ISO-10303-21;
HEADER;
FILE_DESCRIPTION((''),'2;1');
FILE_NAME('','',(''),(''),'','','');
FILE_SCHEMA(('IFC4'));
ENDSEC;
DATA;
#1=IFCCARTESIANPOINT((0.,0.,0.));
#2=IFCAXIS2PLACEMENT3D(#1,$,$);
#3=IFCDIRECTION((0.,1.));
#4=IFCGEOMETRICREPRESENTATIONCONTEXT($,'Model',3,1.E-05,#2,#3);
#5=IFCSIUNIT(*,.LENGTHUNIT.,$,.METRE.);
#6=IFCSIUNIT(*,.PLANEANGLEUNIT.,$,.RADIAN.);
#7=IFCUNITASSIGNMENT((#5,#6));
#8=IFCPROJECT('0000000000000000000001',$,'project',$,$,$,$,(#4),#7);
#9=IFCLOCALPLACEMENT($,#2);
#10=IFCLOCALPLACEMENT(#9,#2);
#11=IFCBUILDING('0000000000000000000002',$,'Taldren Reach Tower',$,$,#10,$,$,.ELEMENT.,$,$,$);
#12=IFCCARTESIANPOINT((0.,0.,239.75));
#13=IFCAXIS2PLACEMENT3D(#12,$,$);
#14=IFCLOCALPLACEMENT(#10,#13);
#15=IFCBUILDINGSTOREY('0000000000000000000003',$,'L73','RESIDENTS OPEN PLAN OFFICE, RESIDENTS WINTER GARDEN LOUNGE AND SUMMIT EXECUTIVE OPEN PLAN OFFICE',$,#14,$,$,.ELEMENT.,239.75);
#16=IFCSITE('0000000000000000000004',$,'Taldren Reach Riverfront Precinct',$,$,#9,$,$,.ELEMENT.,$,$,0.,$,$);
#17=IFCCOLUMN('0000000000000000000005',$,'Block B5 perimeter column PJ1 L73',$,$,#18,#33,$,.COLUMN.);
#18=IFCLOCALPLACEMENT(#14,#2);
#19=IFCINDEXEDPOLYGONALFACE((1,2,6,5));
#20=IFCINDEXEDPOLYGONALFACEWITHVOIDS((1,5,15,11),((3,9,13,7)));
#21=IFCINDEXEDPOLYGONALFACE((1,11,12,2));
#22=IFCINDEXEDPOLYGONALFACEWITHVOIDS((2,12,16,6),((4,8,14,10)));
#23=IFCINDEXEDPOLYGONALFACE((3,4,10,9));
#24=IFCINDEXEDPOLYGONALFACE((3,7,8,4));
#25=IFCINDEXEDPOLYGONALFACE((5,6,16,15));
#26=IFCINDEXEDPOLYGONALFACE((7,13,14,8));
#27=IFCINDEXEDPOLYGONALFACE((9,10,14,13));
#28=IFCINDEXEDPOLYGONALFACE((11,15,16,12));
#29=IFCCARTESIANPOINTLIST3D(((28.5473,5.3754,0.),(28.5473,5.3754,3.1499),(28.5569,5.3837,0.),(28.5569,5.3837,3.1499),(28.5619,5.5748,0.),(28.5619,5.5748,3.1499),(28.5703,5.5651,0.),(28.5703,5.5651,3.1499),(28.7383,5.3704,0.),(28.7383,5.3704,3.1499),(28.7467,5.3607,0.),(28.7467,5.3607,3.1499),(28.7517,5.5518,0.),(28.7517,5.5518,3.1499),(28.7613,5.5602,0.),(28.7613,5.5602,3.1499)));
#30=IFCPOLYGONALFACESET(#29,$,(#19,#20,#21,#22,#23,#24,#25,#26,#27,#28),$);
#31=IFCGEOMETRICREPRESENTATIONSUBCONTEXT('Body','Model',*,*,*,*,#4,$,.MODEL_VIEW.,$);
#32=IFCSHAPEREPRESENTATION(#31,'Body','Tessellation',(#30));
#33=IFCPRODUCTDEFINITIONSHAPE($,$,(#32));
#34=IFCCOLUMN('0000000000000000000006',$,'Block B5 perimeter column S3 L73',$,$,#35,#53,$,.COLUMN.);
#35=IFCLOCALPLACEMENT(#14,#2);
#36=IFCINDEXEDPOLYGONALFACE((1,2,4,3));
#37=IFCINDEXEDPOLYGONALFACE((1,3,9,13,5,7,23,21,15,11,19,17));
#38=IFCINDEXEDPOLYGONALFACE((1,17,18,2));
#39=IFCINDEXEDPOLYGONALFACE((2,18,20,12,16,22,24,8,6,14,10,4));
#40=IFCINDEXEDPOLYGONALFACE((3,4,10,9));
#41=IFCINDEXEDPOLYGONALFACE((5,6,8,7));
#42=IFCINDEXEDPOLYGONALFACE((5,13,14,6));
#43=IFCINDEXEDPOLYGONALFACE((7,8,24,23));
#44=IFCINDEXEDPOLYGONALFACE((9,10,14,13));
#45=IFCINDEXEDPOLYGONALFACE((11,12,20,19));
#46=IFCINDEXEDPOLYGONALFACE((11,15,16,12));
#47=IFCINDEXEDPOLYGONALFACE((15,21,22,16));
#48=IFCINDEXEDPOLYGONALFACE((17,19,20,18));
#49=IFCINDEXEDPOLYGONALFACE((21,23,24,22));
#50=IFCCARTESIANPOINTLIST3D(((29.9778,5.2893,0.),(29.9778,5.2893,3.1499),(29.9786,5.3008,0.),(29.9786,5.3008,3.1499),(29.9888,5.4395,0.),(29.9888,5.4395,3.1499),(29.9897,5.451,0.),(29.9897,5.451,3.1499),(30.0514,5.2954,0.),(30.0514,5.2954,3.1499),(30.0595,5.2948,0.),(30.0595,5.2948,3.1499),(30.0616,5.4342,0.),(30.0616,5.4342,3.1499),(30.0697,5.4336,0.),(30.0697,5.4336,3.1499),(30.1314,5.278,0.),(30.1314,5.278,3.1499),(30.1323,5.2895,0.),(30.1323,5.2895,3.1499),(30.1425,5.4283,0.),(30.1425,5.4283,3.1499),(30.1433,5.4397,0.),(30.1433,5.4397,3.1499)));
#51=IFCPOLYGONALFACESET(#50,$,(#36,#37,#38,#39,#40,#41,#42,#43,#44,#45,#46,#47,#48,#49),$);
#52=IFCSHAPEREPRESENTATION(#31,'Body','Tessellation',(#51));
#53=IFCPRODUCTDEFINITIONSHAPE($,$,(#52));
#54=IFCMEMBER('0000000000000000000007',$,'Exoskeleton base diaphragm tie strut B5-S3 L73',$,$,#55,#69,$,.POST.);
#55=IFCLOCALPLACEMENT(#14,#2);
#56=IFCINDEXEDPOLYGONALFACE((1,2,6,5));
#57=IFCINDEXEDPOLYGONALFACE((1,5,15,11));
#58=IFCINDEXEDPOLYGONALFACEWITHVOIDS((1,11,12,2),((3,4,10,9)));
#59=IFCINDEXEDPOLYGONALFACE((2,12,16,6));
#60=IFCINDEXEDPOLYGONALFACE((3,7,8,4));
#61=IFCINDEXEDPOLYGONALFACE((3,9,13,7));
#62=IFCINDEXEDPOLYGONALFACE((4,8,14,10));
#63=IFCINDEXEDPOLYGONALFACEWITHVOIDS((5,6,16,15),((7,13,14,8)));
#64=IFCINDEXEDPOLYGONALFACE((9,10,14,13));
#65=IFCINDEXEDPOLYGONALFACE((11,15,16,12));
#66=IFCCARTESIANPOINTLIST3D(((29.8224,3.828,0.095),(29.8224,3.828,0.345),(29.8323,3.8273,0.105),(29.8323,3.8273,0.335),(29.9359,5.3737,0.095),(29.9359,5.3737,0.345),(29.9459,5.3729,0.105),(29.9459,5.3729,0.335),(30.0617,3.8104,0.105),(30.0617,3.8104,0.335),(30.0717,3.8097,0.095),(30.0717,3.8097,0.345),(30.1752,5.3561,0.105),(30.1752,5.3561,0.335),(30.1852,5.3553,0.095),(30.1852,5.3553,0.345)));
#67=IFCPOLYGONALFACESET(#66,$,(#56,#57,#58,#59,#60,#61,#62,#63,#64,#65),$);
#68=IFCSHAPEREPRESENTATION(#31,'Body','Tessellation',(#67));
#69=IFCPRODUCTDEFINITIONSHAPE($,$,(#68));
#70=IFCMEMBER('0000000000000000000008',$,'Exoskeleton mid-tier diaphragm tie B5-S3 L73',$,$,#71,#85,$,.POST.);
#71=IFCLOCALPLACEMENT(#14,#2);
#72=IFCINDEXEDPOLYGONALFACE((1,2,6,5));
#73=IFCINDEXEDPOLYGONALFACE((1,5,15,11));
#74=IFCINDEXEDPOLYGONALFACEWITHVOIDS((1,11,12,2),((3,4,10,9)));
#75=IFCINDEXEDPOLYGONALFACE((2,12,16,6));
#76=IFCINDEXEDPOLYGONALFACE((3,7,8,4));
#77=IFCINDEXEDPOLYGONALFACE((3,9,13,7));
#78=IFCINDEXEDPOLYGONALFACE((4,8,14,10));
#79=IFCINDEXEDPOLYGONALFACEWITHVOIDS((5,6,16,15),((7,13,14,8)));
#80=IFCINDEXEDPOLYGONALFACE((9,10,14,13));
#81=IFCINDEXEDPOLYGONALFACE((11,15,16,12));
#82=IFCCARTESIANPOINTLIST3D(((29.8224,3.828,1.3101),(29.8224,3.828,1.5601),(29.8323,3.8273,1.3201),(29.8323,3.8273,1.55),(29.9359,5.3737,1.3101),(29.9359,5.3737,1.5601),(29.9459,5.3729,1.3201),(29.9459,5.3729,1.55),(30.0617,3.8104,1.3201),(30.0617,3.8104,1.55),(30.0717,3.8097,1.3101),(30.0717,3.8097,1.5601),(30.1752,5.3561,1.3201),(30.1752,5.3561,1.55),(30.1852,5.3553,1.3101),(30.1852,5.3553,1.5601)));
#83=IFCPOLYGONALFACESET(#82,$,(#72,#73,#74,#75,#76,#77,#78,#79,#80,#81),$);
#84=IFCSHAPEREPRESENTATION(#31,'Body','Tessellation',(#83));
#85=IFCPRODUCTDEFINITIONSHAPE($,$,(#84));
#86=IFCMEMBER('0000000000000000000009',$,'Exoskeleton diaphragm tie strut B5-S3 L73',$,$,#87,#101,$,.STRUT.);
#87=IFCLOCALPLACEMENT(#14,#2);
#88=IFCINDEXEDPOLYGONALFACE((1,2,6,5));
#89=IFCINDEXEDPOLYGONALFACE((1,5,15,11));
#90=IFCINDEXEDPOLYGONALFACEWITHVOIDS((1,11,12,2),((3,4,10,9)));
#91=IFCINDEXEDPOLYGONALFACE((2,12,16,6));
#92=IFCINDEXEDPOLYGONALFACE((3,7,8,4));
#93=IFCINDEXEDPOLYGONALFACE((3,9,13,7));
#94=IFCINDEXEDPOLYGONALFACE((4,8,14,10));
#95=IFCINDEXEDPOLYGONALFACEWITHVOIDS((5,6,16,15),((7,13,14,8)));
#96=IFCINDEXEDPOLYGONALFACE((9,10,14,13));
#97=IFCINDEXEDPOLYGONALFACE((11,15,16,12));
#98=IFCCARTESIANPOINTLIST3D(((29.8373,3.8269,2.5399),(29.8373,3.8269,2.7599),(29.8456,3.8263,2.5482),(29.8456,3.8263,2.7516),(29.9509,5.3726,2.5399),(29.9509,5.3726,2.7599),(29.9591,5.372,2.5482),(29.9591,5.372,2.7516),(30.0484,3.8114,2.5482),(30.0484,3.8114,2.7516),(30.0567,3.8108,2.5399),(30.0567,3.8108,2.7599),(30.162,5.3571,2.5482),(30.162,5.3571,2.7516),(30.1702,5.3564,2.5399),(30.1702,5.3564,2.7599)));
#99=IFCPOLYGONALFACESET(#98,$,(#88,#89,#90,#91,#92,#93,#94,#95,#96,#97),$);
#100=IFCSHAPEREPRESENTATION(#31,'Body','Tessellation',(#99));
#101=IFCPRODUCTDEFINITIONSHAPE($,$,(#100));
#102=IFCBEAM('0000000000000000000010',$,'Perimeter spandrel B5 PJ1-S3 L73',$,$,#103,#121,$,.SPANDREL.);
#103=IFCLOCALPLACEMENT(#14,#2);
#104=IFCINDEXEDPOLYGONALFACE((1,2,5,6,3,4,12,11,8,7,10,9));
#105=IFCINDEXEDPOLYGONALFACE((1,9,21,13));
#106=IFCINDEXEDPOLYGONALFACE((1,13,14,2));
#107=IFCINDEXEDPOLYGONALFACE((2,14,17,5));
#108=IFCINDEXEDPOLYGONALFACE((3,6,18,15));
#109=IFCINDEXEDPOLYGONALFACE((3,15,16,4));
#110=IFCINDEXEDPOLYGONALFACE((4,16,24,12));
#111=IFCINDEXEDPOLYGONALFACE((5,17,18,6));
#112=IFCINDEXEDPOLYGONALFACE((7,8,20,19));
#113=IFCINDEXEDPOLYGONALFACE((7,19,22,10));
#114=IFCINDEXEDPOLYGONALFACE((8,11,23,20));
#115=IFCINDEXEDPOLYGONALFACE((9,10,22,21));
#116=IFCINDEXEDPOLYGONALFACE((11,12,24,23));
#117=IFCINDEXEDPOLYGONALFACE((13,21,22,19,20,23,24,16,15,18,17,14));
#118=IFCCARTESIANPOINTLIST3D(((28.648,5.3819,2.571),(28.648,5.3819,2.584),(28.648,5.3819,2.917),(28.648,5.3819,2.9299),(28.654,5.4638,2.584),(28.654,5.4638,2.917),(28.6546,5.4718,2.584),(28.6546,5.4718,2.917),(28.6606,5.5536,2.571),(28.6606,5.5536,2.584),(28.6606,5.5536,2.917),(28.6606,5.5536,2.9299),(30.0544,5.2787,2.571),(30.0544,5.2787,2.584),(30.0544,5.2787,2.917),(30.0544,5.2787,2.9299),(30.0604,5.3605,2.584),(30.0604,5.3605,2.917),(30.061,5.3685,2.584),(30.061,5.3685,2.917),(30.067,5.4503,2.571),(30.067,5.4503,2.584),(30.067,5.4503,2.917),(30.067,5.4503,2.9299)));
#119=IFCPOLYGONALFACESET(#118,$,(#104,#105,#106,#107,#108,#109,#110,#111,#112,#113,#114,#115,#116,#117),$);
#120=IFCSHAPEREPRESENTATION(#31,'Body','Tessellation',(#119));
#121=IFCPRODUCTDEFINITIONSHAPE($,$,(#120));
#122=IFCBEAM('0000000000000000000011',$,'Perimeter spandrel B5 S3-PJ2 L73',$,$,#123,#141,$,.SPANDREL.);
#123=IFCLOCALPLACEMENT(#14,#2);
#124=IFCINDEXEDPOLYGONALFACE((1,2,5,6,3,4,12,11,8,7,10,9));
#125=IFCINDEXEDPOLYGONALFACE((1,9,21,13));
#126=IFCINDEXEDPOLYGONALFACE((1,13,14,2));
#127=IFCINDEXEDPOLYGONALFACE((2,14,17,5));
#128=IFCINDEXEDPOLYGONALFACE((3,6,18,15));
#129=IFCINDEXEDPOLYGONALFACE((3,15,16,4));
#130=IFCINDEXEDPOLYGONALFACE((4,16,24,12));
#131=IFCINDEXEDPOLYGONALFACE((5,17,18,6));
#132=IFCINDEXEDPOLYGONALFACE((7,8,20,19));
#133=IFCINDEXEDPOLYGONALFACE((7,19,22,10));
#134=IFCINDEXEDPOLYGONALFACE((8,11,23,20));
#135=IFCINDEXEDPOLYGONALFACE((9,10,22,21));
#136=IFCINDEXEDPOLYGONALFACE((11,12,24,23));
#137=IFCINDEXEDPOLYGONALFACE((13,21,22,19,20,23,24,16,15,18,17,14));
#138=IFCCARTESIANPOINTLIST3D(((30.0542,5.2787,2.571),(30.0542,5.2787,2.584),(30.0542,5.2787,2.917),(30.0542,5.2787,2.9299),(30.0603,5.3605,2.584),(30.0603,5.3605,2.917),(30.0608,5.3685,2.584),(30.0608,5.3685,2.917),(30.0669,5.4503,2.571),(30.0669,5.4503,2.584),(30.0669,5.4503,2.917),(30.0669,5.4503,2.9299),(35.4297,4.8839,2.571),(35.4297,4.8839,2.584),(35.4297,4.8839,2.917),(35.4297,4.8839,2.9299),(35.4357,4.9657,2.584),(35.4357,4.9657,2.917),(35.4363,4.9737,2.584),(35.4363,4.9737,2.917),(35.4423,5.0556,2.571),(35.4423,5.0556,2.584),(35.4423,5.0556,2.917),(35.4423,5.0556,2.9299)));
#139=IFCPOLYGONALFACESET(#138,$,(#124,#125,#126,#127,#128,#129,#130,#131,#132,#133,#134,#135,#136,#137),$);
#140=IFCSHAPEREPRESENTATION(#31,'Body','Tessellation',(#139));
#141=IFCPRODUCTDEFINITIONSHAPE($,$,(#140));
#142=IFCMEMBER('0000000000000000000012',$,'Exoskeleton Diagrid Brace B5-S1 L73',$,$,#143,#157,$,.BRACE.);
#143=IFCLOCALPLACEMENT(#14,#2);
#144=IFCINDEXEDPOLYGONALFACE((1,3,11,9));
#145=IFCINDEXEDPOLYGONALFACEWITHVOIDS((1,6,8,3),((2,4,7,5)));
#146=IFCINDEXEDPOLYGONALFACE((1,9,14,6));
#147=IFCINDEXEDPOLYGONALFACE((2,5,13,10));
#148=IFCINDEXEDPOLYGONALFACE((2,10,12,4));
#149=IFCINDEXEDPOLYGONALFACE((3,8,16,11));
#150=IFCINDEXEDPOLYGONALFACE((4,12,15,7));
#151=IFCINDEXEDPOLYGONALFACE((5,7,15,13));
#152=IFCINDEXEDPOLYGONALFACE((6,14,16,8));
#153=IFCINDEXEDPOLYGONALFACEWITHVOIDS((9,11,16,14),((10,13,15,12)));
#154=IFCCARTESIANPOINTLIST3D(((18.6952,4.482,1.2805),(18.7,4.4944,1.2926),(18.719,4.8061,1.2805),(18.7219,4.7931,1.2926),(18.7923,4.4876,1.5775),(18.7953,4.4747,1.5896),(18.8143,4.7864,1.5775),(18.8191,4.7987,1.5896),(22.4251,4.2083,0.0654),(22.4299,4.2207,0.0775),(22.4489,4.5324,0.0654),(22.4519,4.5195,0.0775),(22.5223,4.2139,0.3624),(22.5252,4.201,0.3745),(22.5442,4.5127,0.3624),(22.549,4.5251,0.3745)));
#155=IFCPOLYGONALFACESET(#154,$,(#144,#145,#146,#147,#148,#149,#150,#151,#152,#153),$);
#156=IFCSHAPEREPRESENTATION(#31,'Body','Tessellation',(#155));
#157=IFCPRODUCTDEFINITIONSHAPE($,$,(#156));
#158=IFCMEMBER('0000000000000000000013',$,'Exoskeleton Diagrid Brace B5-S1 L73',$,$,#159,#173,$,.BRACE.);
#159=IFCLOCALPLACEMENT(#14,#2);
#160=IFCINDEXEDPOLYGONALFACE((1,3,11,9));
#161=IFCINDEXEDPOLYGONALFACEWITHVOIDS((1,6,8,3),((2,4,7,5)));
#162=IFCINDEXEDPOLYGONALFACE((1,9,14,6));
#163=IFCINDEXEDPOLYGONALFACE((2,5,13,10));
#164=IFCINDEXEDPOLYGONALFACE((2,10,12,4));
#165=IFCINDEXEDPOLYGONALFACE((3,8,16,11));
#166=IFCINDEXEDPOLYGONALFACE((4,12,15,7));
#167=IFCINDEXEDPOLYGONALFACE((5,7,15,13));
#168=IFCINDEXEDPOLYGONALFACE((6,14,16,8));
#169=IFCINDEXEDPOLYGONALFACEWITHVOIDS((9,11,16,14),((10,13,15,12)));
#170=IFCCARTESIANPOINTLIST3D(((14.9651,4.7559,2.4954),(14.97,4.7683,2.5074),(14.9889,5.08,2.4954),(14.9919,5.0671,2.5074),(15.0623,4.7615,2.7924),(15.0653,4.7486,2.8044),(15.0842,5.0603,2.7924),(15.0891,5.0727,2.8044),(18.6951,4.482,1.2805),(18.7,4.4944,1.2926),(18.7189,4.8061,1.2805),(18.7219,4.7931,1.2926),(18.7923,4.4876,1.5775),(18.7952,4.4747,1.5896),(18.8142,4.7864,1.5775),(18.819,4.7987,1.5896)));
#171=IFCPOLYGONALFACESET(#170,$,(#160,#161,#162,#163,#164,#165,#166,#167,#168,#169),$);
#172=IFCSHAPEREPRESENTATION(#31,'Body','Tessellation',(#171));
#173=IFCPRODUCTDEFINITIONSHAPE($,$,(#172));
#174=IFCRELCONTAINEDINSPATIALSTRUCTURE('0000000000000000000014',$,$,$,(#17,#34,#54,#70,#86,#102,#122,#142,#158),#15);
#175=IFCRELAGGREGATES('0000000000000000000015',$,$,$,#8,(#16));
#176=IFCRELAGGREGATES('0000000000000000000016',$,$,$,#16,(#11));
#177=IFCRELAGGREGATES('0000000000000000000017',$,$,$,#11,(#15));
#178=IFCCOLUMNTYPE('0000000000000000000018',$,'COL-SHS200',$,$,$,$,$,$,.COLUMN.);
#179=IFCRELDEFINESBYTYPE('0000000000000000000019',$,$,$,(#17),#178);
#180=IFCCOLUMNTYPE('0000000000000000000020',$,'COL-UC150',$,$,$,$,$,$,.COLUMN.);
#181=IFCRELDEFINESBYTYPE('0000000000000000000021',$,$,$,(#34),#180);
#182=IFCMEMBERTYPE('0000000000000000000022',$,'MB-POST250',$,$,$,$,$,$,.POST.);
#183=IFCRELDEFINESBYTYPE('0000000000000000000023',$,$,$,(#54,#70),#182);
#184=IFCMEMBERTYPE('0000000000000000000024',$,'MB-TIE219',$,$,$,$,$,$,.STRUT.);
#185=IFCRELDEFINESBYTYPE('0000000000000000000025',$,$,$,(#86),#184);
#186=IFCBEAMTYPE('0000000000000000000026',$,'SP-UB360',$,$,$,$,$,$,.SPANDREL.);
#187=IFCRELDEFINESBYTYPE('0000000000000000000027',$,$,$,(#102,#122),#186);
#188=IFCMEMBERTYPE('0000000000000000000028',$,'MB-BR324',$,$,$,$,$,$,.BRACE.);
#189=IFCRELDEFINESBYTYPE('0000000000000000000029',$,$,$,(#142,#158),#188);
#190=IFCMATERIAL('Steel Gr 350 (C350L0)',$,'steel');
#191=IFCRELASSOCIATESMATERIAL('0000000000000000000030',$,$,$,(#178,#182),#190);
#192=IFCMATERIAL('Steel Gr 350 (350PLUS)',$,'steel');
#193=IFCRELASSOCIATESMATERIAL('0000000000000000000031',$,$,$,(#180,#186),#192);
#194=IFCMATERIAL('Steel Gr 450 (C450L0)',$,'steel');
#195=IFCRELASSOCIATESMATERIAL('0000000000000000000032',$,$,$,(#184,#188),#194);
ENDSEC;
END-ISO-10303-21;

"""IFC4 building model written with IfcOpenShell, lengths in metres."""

from ifc_helpers import new_model, si_unit, direction, frame, origin, origin_2d, place, context, subcontext, project, spatial, hollow_rectangle, i_section, extrude, source, transform, mapped, material, material_profile, profile_set, type_object, element, save


model = new_model("IFC4")

# Units and contexts
model_context = context("Model", 3, precision=1e-05, world=origin(), true_north=direction((0.0, 1.0)))
body_context = subcontext(model_context, "Body", "Model", "MODEL_VIEW")
ifc_project = project(units=[si_unit("LENGTHUNIT", "METRE"), si_unit("PLANEANGLEUNIT", "RADIAN")], contexts=[model_context])

# Site, building, storey
site_placement = place(None, origin())
site = spatial("IfcSite", under=ifc_project, at=site_placement, Name="Taldren Reach Riverfront Precinct", CompositionType="ELEMENT", RefElevation=0.0)
building_placement = place(site_placement, origin())
building = spatial("IfcBuilding", under=site, at=building_placement, Name="Taldren Reach Tower", CompositionType="ELEMENT")
storey_placement = place(building_placement, frame((0.0, 0.0, 239.75)))
storey = spatial("IfcBuildingStorey", under=building, at=storey_placement, Name="L73", Description="RESIDENTS OPEN PLAN OFFICE, RESIDENTS WINTER GARDEN LOUNGE AND SUMMIT EXECUTIVE OPEN PLAN OFFICE", CompositionType="ELEMENT", Elevation=239.75)

# Columns
ifc_material_1 = material(Name="Steel Gr 350 (C350L0)", Category="steel")
ifc_material_profile_1 = material_profile(ifc_material_1, hollow_rectangle(XDim=0.2, YDim=0.2, WallThickness=0.009, at=origin_2d()), Name="200x200x9.0SHS")
ifc_profile_set_1 = profile_set([ifc_material_profile_1], Name="Steel Gr 350 (C350L0)")
column_type_1 = type_object("IfcColumnType", Name="COL-SHS200", PredefinedType="COLUMN", material=ifc_profile_set_1)
shared_shape_1 = source(origin(), body_context, "Body", "SweptSolid", [
    extrude(hollow_rectangle(XDim=0.2, YDim=0.2, WallThickness=0.009, at=origin_2d()), origin(), (0.0, 0.0, 1.0), 3.1499),
])
column_1_placement = place(storey_placement, frame((28.6543, 5.4678, 0.0), z_axis=(0.0, 0.0, 1.0), x_axis=(0.997314, -0.073238, 0.0)))
element("IfcColumn", 1, at=column_1_placement, inside=storey, type_object=column_type_1, Name="Block B5 perimeter column PJ1 L73", PredefinedType="COLUMN", context=body_context, shape_type="MappedRepresentation", body=[
    mapped(shared_shape_1, transform((0.0, 0.0, 0.0), scale=1.0)),
])
ifc_material_2 = material(Name="Steel Gr 350 (350PLUS)", Category="steel")
ifc_material_profile_2 = material_profile(ifc_material_2, i_section(OverallWidth=0.1541, OverallDepth=0.1621, WebThickness=0.0081, FlangeThickness=0.0115, at=origin_2d()), Name="150UC37.2")
ifc_profile_set_2 = profile_set([ifc_material_profile_2], Name="Steel Gr 350 (350PLUS)")
column_type_2 = type_object("IfcColumnType", Name="COL-UC150", PredefinedType="COLUMN", material=ifc_profile_set_2)
shared_shape_2 = source(origin(), body_context, "Body", "SweptSolid", [
    extrude(i_section(OverallWidth=0.1541, OverallDepth=0.1621, WebThickness=0.0081, FlangeThickness=0.0115, at=origin_2d()), origin(), (0.0, 0.0, 1.0), 3.1499),
])
column_2_placement = place(storey_placement, frame((30.0605, 5.3645, 0.0), z_axis=(0.0, 0.0, 1.0), x_axis=(0.997314, -0.073238, 0.0)))
element("IfcColumn", 2, at=column_2_placement, inside=storey, type_object=column_type_2, Name="Block B5 perimeter column S3 L73", PredefinedType="COLUMN", context=body_context, shape_type="MappedRepresentation", body=[
    mapped(shared_shape_2, transform((0.0, 0.0, 0.0), scale=1.0)),
])

# Members
ifc_material_profile_3 = material_profile(ifc_material_1, hollow_rectangle(XDim=0.25, YDim=0.25, WallThickness=0.01, at=origin_2d()), Name="250x250x10.0SHS")
ifc_profile_set_3 = profile_set([ifc_material_profile_3], Name="Steel Gr 350 (C350L0)")
member_type_1 = type_object("IfcMemberType", Name="MB-POST250", PredefinedType="POST", material=ifc_profile_set_3)
shared_shape_3 = source(origin(), body_context, "Body", "SweptSolid", [
    extrude(hollow_rectangle(XDim=0.25, YDim=0.25, WallThickness=0.01, at=origin_2d()), origin(), (0.0, 0.0, 1.0), 1.5498),
])
for number, where, z_axis, x_axis, name in (
    (3, (30.0605, 5.3645, 0.22), (-0.073251, -0.997314, 0.0), (0.997314, -0.073251, 0.0), "Exoskeleton base diaphragm tie strut B5-S3 L73"),
    (4, (30.0605, 5.3645, 1.4351), (-0.073251, -0.997314, 0.0), (0.997314, -0.073251, 0.0), "Exoskeleton mid-tier diaphragm tie B5-S3 L73"),
):
    element("IfcMember", number, at=place(storey_placement, frame(where, z_axis=z_axis, x_axis=x_axis)), inside=storey, type_object=member_type_1, Name=name, PredefinedType="POST", context=body_context, shape_type="MappedRepresentation", body=[
        mapped(shared_shape_3, transform((0.0, 0.0, 0.0), scale=1.0)),
    ])
ifc_material_3 = material(Name="Steel Gr 450 (C450L0)", Category="steel")
ifc_material_profile_4 = material_profile(ifc_material_3, hollow_rectangle(XDim=0.22, YDim=0.22, WallThickness=0.0083, at=origin_2d()), Name="220x220x8.2SHS")
ifc_profile_set_4 = profile_set([ifc_material_profile_4], Name="Steel Gr 450 (C450L0)")
member_type_2 = type_object("IfcMemberType", Name="MB-TIE219", PredefinedType="STRUT", material=ifc_profile_set_4)
shared_shape_4 = source(origin(), body_context, "Body", "SweptSolid", [
    extrude(hollow_rectangle(XDim=0.22, YDim=0.22, WallThickness=0.0083, at=origin_2d()), origin(), (0.0, 0.0, 1.0), 1.5498),
])
member_1_placement = place(storey_placement, frame((30.0605, 5.3645, 2.6499), z_axis=(-0.073251, -0.997314, 0.0), x_axis=(0.997314, -0.073251, 0.0)))
element("IfcMember", 5, at=member_1_placement, inside=storey, type_object=member_type_2, Name="Exoskeleton diaphragm tie strut B5-S3 L73", PredefinedType="STRUT", context=body_context, shape_type="MappedRepresentation", body=[
    mapped(shared_shape_4, transform((0.0, 0.0, 0.0), scale=1.0)),
])

# Beams
ifc_material_profile_5 = material_profile(ifc_material_2, i_section(OverallWidth=0.1721, OverallDepth=0.3589, WebThickness=0.0081, FlangeThickness=0.0129, at=origin_2d()), Name="360UB56.7")
ifc_profile_set_5 = profile_set([ifc_material_profile_5], Name="Steel Gr 350 (350PLUS)")
beam_type = type_object("IfcBeamType", Name="SP-UB360", PredefinedType="SPANDREL", material=ifc_profile_set_5)
shared_shape_5 = source(origin(), body_context, "Body", "SweptSolid", [
    extrude(i_section(OverallWidth=0.1721, OverallDepth=0.3589, WebThickness=0.0081, FlangeThickness=0.0129, at=origin_2d()), origin(), (0.0, 0.0, 1.0), 1.4102),
])
beam_1_placement = place(storey_placement, frame((28.6543, 5.4678, 2.7505), z_axis=(0.997314, -0.07324, 0.0), x_axis=(0.07324, 0.997314, 0.0)))
element("IfcBeam", 6, at=beam_1_placement, inside=storey, type_object=beam_type, Name="Perimeter spandrel B5 PJ1-S3 L73", PredefinedType="SPANDREL", context=body_context, shape_type="MappedRepresentation", body=[
    mapped(shared_shape_5, transform((0.0, 0.0, 0.0), scale=1.0)),
])
shared_shape_6 = source(origin(), body_context, "Body", "SweptSolid", [
    extrude(i_section(OverallWidth=0.1721, OverallDepth=0.3589, WebThickness=0.0081, FlangeThickness=0.0129, at=origin_2d()), origin(), (0.0, 0.0, 1.0), 5.3899),
])
beam_2_placement = place(storey_placement, frame((30.0605, 5.3645, 2.7505), z_axis=(0.997314, -0.073243, 0.0), x_axis=(0.073243, 0.997314, 0.0)))
element("IfcBeam", 7, at=beam_2_placement, inside=storey, type_object=beam_type, Name="Perimeter spandrel B5 S3-PJ2 L73", PredefinedType="SPANDREL", context=body_context, shape_type="MappedRepresentation", body=[
    mapped(shared_shape_6, transform((0.0, 0.0, 0.0), scale=1.0)),
])

# Members
ifc_material_profile_6 = material_profile(ifc_material_3, hollow_rectangle(XDim=0.325, YDim=0.325, WallThickness=0.0127, at=origin_2d()), Name="325x325x12.7SHS")
ifc_profile_set_6 = profile_set([ifc_material_profile_6], Name="Steel Gr 450 (C450L0)")
member_type_3 = type_object("IfcMemberType", Name="MB-BR324", PredefinedType="BRACE", material=ifc_profile_set_6)
shared_shape_7 = source(origin(), body_context, "Body", "SweptSolid", [
    extrude(hollow_rectangle(XDim=0.325, YDim=0.325, WallThickness=0.0127, at=origin_2d()), origin(), (0.0, 0.0, 1.0), 3.9324),
])
for number, where, z_axis, x_axis, name in (
    (8, (22.4871, 4.3667, 0.22), (-0.948515, 0.069596, 0.308991), (-0.073177, -0.997319, 0.0), "Exoskeleton Diagrid Brace B5-S1 L73"),
    (9, (18.7571, 4.6404, 1.4351), (-0.948529, 0.069659, 0.308933), (-0.073242, -0.997314, 0.0), "Exoskeleton Diagrid Brace B5-S1 L73"),
):
    element("IfcMember", number, at=place(storey_placement, frame(where, z_axis=z_axis, x_axis=x_axis)), inside=storey, type_object=member_type_3, Name=name, PredefinedType="BRACE", context=body_context, shape_type="MappedRepresentation", body=[
        mapped(shared_shape_7, transform((0.0, 0.0, 0.0), scale=1.0)),
    ])

save(model, "model.ifc")
